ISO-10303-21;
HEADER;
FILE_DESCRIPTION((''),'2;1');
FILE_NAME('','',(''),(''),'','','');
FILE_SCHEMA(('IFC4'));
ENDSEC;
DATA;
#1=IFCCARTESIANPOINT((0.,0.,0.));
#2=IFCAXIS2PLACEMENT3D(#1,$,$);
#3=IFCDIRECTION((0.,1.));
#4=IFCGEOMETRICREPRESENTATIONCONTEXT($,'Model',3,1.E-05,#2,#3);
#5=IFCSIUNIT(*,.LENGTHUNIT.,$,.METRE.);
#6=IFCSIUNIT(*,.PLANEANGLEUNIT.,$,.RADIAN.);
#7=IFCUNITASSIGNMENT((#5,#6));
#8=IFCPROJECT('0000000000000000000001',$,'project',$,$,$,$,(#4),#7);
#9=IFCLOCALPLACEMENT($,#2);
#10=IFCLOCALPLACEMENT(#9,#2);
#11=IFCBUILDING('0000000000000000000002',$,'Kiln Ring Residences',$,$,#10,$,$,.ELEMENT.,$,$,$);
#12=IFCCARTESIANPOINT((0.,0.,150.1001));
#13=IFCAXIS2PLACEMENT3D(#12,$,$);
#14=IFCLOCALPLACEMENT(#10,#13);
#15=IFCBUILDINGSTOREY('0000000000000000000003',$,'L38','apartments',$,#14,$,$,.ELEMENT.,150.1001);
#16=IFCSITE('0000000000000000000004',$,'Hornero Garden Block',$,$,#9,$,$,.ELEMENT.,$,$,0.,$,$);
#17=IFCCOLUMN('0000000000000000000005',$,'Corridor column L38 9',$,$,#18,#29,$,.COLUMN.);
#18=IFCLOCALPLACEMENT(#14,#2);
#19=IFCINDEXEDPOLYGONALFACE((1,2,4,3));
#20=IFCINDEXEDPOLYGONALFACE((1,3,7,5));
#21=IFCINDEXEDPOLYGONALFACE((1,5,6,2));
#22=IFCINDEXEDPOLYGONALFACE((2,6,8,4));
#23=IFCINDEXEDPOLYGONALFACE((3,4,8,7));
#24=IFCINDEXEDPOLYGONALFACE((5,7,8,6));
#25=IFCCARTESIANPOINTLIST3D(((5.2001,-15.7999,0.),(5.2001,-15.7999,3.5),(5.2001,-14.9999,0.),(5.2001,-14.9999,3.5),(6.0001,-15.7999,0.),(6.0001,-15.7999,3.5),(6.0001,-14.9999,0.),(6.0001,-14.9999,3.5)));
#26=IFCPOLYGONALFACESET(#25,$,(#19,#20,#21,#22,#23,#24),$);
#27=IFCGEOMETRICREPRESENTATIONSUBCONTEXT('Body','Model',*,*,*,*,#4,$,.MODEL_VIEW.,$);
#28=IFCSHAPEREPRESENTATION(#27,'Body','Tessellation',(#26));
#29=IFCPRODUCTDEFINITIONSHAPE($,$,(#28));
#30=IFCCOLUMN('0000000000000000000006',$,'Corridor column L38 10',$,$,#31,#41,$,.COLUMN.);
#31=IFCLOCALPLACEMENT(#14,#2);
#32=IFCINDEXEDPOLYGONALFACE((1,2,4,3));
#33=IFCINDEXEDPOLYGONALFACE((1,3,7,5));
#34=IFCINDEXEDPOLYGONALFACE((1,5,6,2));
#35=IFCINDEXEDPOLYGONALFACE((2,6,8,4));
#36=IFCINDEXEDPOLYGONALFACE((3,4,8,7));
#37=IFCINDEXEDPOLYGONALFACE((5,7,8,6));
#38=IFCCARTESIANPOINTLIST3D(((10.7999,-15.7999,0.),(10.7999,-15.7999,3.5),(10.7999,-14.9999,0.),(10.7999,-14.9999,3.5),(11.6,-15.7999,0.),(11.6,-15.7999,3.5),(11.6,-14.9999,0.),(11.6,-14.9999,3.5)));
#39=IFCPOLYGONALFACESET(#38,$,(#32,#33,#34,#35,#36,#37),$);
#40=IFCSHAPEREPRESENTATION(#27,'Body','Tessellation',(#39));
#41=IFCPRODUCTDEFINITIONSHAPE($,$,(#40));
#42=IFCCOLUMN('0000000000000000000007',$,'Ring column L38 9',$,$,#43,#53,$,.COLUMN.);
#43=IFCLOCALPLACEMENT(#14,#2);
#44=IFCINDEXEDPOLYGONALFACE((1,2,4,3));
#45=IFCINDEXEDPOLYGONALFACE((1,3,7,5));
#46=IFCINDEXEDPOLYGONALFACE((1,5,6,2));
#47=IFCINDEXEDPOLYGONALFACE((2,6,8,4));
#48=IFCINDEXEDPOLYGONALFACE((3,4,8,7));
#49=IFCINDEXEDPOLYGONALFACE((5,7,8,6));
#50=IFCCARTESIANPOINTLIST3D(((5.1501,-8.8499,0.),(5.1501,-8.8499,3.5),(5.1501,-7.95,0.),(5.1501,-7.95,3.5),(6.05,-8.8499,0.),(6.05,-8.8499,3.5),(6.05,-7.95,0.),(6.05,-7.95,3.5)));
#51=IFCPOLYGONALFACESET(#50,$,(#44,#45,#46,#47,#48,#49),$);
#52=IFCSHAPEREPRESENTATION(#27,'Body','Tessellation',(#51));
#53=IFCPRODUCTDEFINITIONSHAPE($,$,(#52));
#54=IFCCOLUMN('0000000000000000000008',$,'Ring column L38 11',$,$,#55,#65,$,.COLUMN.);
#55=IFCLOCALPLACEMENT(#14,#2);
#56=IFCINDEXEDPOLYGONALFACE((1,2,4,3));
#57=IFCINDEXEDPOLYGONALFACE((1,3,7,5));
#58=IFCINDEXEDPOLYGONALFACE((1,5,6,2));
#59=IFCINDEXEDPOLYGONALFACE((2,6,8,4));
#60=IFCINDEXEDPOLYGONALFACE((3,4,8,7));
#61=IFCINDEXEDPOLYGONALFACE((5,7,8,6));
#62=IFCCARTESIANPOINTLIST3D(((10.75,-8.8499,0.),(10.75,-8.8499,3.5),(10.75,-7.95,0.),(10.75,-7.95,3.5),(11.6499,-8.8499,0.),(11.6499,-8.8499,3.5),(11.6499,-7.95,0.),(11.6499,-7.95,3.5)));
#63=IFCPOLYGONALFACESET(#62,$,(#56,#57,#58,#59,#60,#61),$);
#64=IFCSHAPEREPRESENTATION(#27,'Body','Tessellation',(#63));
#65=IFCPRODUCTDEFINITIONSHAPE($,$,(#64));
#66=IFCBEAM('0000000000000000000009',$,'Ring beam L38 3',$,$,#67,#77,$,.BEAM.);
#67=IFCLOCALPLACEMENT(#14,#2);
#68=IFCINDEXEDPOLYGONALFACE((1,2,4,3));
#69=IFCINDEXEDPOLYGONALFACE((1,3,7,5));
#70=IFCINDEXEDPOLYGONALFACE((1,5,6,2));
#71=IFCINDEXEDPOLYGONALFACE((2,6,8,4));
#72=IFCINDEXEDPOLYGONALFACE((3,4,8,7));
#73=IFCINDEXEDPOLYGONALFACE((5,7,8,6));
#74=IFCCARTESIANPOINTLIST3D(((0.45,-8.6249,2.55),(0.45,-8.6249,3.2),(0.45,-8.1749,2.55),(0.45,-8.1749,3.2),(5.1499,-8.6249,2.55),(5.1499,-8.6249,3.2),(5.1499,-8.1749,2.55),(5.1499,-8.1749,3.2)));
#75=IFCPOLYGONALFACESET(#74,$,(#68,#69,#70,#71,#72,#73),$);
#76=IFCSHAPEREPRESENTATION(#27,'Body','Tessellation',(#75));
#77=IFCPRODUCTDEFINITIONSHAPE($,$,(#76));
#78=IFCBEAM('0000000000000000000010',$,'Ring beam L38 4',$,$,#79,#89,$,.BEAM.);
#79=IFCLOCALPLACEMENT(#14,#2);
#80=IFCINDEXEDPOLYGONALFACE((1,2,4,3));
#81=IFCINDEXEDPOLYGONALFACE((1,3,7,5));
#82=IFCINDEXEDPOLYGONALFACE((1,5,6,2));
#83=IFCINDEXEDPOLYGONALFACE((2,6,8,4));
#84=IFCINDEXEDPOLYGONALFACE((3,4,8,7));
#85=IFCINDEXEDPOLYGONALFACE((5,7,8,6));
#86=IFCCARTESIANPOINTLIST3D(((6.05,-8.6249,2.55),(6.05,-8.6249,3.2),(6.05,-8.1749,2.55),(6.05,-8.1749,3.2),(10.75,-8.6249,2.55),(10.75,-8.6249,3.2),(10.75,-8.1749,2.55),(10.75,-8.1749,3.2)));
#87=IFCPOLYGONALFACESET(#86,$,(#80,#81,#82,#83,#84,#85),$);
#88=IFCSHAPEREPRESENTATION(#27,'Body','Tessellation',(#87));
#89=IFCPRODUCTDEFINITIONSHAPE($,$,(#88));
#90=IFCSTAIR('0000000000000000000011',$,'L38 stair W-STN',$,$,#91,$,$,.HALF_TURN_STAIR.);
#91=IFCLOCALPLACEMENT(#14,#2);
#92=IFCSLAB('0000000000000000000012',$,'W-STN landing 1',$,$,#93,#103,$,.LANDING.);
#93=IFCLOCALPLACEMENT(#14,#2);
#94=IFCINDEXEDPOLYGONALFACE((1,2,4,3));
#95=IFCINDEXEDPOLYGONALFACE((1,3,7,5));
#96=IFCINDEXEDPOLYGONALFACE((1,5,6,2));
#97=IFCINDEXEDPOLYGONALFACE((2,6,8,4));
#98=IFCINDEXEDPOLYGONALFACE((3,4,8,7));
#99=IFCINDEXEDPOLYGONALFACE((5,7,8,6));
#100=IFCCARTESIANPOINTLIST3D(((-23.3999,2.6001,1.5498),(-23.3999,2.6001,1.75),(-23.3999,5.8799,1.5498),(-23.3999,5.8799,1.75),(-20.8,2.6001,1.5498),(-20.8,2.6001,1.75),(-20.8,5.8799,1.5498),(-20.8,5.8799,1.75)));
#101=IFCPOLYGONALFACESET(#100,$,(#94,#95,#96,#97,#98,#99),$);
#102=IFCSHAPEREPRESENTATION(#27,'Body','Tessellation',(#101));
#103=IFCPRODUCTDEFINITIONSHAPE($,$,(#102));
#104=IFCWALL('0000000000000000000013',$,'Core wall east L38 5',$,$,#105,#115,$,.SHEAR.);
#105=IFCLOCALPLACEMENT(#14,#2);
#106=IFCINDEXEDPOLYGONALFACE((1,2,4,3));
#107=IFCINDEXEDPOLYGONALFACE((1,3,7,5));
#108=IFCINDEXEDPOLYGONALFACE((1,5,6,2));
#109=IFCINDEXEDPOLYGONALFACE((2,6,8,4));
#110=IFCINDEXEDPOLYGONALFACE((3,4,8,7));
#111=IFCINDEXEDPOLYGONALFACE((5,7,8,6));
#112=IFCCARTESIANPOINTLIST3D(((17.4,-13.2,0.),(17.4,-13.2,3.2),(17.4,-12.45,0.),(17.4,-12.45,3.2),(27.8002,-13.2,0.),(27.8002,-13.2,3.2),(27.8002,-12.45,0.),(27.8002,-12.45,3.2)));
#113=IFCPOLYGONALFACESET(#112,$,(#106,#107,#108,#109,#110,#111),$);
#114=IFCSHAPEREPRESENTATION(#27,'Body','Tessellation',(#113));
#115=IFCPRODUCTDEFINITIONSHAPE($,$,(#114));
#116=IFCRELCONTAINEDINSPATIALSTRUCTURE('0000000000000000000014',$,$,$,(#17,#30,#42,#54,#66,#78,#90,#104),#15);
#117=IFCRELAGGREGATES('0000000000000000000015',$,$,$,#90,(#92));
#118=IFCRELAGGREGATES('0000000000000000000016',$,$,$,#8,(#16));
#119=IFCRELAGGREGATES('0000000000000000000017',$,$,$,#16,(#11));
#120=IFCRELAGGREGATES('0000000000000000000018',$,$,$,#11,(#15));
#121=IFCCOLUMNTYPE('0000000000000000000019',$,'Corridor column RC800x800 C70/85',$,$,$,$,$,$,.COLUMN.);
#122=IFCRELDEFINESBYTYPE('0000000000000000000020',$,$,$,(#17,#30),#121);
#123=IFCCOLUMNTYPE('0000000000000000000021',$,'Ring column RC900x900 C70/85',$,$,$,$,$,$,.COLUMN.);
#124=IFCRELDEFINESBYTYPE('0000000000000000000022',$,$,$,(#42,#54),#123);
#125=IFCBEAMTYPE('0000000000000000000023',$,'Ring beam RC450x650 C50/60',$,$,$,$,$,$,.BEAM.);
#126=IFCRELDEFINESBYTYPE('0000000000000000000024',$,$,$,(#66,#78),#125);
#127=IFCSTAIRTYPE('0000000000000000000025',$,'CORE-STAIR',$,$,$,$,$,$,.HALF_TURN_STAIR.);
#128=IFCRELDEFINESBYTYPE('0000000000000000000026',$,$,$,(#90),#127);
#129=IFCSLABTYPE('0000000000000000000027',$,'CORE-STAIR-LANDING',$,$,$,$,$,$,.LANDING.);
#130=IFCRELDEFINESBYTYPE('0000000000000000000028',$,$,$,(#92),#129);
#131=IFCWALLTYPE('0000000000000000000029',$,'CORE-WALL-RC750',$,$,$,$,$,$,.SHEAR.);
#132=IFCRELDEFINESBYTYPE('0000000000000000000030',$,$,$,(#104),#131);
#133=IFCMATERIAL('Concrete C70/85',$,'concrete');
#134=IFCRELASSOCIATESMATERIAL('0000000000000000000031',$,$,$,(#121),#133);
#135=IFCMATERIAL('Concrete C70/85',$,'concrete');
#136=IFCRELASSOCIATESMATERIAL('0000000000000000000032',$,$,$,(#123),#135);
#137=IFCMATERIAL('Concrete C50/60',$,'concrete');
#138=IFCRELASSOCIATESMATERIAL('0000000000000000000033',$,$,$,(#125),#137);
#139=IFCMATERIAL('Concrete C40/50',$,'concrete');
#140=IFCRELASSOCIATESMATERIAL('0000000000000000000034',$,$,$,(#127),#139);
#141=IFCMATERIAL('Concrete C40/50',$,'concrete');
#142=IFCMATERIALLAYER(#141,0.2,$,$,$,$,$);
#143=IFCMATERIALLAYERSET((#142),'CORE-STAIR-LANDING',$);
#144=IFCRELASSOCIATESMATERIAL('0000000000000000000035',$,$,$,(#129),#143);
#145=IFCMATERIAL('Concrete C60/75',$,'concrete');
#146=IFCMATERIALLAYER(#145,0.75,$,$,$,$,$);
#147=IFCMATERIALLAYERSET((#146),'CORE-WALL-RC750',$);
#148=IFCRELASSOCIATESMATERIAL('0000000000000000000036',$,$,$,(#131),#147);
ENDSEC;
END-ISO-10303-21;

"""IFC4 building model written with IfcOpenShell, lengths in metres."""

from ifc_helpers import new_model, si_unit, direction, frame, frame_2d, origin, origin_2d, place, context, subcontext, project, spatial, polyline, rectangle, outline, extrude, material, layer, layer_set, material_profile, profile_set, type_object, element, aggregate, save


model = new_model("IFC4")

# Units and contexts
model_context = context("Model", 3, precision=1e-05, world=origin(), true_north=direction((0.0, 1.0)))
body_context = subcontext(model_context, "Body", "Model", "MODEL_VIEW")
ifc_project = project(units=[si_unit("LENGTHUNIT", "METRE"), si_unit("PLANEANGLEUNIT", "RADIAN")], contexts=[model_context])

# Site, building, storey
site_placement = place(None, origin())
site = spatial("IfcSite", under=ifc_project, at=site_placement, Name="Hornero Garden Block", CompositionType="ELEMENT", RefElevation=0.0)
building_placement = place(site_placement, origin())
building = spatial("IfcBuilding", under=site, at=building_placement, Name="Kiln Ring Residences", CompositionType="ELEMENT")
storey_placement = place(building_placement, frame((0.0, 0.0, 150.1001)))
storey = spatial("IfcBuildingStorey", under=building, at=storey_placement, Name="L38", Description="apartments", CompositionType="ELEMENT", Elevation=150.1001)

# Columns
ifc_material_1 = material(Name="Concrete C70/85", Category="concrete")
ifc_material_profile_1 = material_profile(ifc_material_1, rectangle(XDim=0.8, YDim=0.8, at=origin_2d()), Name="RC800x800")
ifc_profile_set_1 = profile_set([ifc_material_profile_1], Name="Concrete C70/85")
column_type_1 = type_object("IfcColumnType", Name="Corridor column RC800x800 C70/85", PredefinedType="COLUMN", material=ifc_profile_set_1)
for number, where, z_axis, x_axis, name in (
    (1, (5.6001, -15.3999, 0.0), (0.0, 0.0, 1.0), (1.0, 0.0, 0.0), "Corridor column L38 9"),
    (2, (11.2, -15.3999, 0.0), (0.0, 0.0, 1.0), (1.0, 0.0, 0.0), "Corridor column L38 10"),
):
    element("IfcColumn", number, at=place(storey_placement, frame(where, z_axis=z_axis, x_axis=x_axis)), inside=storey, type_object=column_type_1, Name=name, PredefinedType="COLUMN", context=body_context, shape_type="SweptSolid", body=[
        extrude(rectangle(XDim=0.8, YDim=0.8, at=origin_2d()), origin(), (0.0, 0.0, 1.0), 3.5),
    ])
ifc_material_2 = material(Name="Concrete C70/85", Category="concrete")
ifc_material_profile_2 = material_profile(ifc_material_2, rectangle(XDim=0.8999, YDim=0.8999, at=origin_2d()), Name="RC900x900")
ifc_profile_set_2 = profile_set([ifc_material_profile_2], Name="Concrete C70/85")
column_type_2 = type_object("IfcColumnType", Name="Ring column RC900x900 C70/85", PredefinedType="COLUMN", material=ifc_profile_set_2)
for number, where, z_axis, x_axis, name in (
    (3, (5.6001, -8.3999, 0.0), (0.0, 0.0, 1.0), (1.0, 0.0, 0.0), "Ring column L38 9"),
    (4, (11.2, -8.3999, 0.0), (0.0, 0.0, 1.0), (1.0, 0.0, 0.0), "Ring column L38 11"),
):
    element("IfcColumn", number, at=place(storey_placement, frame(where, z_axis=z_axis, x_axis=x_axis)), inside=storey, type_object=column_type_2, Name=name, PredefinedType="COLUMN", context=body_context, shape_type="SweptSolid", body=[
        extrude(rectangle(XDim=0.8999, YDim=0.8999, at=origin_2d()), origin(), (0.0, 0.0, 1.0), 3.5),
    ])

# Beams
ifc_material_3 = material(Name="Concrete C50/60", Category="concrete")
ifc_material_profile_3 = material_profile(ifc_material_3, rectangle(XDim=0.45, YDim=0.6499, at=origin_2d()), Name="RC450x650")
ifc_profile_set_3 = profile_set([ifc_material_profile_3], Name="Concrete C50/60")
beam_type = type_object("IfcBeamType", Name="Ring beam RC450x650 C50/60", PredefinedType="BEAM", material=ifc_profile_set_3)
for number, where, z_axis, x_axis, name in (
    (5, (0.45, -8.3999, 2.875), (1.0, 0.0, 0.0), (0.0, 1.0, 0.0), "Ring beam L38 3"),
    (6, (6.05, -8.3999, 2.875), (1.0, 0.0, 0.0), (0.0, 1.0, 0.0), "Ring beam L38 4"),
):
    element("IfcBeam", number, at=place(storey_placement, frame(where, z_axis=z_axis, x_axis=x_axis)), inside=storey, type_object=beam_type, Name=name, PredefinedType="BEAM", context=body_context, shape_type="SweptSolid", body=[
        extrude(rectangle(XDim=0.45, YDim=0.6499, at=origin_2d()), origin(), (0.0, 0.0, 1.0), 4.7),
    ])

# Stair, slab
ifc_material_4 = material(Name="Concrete C40/50", Category="concrete")
stair_type = type_object("IfcStairType", Name="CORE-STAIR", PredefinedType="HALF_TURN_STAIR", material=ifc_material_4)
stair_placement = place(storey_placement, origin())
stair = element("IfcStair", 7, at=stair_placement, inside=storey, type_object=stair_type, Name="L38 stair W-STN", PredefinedType="HALF_TURN_STAIR")
ifc_material_5 = material(Name="Concrete C40/50", Category="concrete")
ifc_layer_1 = layer(ifc_material_5, 0.2)
ifc_layer_set_1 = layer_set([ifc_layer_1], Name="CORE-STAIR-LANDING")
slab_type = type_object("IfcSlabType", Name="CORE-STAIR-LANDING", PredefinedType="LANDING", material=ifc_layer_set_1)
slab_placement = place(storey_placement, frame((0.0, 0.0, 1.5498)))
slab = element("IfcSlab", 8, at=slab_placement, type_object=slab_type, Name="W-STN landing 1", PredefinedType="LANDING", context=body_context, shape_type="SweptSolid", body=[
    extrude(outline(polyline([(-23.3999, 5.8799), (-23.3999, 2.6001), (-20.8, 2.6001), (-20.8, 5.8799), (-23.3999, 5.8799)])), origin(), (0.0, 0.0, 1.0), 0.2002),
])
aggregate(stair, [slab])

# Wall
ifc_material_6 = material(Name="Concrete C60/75", Category="concrete")
ifc_layer_2 = layer(ifc_material_6, 0.75)
ifc_layer_set_2 = layer_set([ifc_layer_2], Name="CORE-WALL-RC750")
wall_type_1 = type_object("IfcWallType", Name="CORE-WALL-RC750", PredefinedType="SHEAR", material=ifc_layer_set_2)
wall_1_placement = place(storey_placement, frame((17.3999, -12.825, 0.0), z_axis=(0.0, 0.0, 1.0), x_axis=(1.0, 0.0, 0.0)))
element("IfcWall", 9, at=wall_1_placement, inside=storey, type_object=wall_type_1, Name="Core wall east L38 5", PredefinedType="SHEAR", context=body_context, shape_type="SweptSolid", body=[
    extrude(rectangle(XDim=10.4001, YDim=0.75, at=frame_2d((5.2002, 0.0))), origin(), (0.0, 0.0, 1.0), 3.2),
])

save(model, "model.ifc")
